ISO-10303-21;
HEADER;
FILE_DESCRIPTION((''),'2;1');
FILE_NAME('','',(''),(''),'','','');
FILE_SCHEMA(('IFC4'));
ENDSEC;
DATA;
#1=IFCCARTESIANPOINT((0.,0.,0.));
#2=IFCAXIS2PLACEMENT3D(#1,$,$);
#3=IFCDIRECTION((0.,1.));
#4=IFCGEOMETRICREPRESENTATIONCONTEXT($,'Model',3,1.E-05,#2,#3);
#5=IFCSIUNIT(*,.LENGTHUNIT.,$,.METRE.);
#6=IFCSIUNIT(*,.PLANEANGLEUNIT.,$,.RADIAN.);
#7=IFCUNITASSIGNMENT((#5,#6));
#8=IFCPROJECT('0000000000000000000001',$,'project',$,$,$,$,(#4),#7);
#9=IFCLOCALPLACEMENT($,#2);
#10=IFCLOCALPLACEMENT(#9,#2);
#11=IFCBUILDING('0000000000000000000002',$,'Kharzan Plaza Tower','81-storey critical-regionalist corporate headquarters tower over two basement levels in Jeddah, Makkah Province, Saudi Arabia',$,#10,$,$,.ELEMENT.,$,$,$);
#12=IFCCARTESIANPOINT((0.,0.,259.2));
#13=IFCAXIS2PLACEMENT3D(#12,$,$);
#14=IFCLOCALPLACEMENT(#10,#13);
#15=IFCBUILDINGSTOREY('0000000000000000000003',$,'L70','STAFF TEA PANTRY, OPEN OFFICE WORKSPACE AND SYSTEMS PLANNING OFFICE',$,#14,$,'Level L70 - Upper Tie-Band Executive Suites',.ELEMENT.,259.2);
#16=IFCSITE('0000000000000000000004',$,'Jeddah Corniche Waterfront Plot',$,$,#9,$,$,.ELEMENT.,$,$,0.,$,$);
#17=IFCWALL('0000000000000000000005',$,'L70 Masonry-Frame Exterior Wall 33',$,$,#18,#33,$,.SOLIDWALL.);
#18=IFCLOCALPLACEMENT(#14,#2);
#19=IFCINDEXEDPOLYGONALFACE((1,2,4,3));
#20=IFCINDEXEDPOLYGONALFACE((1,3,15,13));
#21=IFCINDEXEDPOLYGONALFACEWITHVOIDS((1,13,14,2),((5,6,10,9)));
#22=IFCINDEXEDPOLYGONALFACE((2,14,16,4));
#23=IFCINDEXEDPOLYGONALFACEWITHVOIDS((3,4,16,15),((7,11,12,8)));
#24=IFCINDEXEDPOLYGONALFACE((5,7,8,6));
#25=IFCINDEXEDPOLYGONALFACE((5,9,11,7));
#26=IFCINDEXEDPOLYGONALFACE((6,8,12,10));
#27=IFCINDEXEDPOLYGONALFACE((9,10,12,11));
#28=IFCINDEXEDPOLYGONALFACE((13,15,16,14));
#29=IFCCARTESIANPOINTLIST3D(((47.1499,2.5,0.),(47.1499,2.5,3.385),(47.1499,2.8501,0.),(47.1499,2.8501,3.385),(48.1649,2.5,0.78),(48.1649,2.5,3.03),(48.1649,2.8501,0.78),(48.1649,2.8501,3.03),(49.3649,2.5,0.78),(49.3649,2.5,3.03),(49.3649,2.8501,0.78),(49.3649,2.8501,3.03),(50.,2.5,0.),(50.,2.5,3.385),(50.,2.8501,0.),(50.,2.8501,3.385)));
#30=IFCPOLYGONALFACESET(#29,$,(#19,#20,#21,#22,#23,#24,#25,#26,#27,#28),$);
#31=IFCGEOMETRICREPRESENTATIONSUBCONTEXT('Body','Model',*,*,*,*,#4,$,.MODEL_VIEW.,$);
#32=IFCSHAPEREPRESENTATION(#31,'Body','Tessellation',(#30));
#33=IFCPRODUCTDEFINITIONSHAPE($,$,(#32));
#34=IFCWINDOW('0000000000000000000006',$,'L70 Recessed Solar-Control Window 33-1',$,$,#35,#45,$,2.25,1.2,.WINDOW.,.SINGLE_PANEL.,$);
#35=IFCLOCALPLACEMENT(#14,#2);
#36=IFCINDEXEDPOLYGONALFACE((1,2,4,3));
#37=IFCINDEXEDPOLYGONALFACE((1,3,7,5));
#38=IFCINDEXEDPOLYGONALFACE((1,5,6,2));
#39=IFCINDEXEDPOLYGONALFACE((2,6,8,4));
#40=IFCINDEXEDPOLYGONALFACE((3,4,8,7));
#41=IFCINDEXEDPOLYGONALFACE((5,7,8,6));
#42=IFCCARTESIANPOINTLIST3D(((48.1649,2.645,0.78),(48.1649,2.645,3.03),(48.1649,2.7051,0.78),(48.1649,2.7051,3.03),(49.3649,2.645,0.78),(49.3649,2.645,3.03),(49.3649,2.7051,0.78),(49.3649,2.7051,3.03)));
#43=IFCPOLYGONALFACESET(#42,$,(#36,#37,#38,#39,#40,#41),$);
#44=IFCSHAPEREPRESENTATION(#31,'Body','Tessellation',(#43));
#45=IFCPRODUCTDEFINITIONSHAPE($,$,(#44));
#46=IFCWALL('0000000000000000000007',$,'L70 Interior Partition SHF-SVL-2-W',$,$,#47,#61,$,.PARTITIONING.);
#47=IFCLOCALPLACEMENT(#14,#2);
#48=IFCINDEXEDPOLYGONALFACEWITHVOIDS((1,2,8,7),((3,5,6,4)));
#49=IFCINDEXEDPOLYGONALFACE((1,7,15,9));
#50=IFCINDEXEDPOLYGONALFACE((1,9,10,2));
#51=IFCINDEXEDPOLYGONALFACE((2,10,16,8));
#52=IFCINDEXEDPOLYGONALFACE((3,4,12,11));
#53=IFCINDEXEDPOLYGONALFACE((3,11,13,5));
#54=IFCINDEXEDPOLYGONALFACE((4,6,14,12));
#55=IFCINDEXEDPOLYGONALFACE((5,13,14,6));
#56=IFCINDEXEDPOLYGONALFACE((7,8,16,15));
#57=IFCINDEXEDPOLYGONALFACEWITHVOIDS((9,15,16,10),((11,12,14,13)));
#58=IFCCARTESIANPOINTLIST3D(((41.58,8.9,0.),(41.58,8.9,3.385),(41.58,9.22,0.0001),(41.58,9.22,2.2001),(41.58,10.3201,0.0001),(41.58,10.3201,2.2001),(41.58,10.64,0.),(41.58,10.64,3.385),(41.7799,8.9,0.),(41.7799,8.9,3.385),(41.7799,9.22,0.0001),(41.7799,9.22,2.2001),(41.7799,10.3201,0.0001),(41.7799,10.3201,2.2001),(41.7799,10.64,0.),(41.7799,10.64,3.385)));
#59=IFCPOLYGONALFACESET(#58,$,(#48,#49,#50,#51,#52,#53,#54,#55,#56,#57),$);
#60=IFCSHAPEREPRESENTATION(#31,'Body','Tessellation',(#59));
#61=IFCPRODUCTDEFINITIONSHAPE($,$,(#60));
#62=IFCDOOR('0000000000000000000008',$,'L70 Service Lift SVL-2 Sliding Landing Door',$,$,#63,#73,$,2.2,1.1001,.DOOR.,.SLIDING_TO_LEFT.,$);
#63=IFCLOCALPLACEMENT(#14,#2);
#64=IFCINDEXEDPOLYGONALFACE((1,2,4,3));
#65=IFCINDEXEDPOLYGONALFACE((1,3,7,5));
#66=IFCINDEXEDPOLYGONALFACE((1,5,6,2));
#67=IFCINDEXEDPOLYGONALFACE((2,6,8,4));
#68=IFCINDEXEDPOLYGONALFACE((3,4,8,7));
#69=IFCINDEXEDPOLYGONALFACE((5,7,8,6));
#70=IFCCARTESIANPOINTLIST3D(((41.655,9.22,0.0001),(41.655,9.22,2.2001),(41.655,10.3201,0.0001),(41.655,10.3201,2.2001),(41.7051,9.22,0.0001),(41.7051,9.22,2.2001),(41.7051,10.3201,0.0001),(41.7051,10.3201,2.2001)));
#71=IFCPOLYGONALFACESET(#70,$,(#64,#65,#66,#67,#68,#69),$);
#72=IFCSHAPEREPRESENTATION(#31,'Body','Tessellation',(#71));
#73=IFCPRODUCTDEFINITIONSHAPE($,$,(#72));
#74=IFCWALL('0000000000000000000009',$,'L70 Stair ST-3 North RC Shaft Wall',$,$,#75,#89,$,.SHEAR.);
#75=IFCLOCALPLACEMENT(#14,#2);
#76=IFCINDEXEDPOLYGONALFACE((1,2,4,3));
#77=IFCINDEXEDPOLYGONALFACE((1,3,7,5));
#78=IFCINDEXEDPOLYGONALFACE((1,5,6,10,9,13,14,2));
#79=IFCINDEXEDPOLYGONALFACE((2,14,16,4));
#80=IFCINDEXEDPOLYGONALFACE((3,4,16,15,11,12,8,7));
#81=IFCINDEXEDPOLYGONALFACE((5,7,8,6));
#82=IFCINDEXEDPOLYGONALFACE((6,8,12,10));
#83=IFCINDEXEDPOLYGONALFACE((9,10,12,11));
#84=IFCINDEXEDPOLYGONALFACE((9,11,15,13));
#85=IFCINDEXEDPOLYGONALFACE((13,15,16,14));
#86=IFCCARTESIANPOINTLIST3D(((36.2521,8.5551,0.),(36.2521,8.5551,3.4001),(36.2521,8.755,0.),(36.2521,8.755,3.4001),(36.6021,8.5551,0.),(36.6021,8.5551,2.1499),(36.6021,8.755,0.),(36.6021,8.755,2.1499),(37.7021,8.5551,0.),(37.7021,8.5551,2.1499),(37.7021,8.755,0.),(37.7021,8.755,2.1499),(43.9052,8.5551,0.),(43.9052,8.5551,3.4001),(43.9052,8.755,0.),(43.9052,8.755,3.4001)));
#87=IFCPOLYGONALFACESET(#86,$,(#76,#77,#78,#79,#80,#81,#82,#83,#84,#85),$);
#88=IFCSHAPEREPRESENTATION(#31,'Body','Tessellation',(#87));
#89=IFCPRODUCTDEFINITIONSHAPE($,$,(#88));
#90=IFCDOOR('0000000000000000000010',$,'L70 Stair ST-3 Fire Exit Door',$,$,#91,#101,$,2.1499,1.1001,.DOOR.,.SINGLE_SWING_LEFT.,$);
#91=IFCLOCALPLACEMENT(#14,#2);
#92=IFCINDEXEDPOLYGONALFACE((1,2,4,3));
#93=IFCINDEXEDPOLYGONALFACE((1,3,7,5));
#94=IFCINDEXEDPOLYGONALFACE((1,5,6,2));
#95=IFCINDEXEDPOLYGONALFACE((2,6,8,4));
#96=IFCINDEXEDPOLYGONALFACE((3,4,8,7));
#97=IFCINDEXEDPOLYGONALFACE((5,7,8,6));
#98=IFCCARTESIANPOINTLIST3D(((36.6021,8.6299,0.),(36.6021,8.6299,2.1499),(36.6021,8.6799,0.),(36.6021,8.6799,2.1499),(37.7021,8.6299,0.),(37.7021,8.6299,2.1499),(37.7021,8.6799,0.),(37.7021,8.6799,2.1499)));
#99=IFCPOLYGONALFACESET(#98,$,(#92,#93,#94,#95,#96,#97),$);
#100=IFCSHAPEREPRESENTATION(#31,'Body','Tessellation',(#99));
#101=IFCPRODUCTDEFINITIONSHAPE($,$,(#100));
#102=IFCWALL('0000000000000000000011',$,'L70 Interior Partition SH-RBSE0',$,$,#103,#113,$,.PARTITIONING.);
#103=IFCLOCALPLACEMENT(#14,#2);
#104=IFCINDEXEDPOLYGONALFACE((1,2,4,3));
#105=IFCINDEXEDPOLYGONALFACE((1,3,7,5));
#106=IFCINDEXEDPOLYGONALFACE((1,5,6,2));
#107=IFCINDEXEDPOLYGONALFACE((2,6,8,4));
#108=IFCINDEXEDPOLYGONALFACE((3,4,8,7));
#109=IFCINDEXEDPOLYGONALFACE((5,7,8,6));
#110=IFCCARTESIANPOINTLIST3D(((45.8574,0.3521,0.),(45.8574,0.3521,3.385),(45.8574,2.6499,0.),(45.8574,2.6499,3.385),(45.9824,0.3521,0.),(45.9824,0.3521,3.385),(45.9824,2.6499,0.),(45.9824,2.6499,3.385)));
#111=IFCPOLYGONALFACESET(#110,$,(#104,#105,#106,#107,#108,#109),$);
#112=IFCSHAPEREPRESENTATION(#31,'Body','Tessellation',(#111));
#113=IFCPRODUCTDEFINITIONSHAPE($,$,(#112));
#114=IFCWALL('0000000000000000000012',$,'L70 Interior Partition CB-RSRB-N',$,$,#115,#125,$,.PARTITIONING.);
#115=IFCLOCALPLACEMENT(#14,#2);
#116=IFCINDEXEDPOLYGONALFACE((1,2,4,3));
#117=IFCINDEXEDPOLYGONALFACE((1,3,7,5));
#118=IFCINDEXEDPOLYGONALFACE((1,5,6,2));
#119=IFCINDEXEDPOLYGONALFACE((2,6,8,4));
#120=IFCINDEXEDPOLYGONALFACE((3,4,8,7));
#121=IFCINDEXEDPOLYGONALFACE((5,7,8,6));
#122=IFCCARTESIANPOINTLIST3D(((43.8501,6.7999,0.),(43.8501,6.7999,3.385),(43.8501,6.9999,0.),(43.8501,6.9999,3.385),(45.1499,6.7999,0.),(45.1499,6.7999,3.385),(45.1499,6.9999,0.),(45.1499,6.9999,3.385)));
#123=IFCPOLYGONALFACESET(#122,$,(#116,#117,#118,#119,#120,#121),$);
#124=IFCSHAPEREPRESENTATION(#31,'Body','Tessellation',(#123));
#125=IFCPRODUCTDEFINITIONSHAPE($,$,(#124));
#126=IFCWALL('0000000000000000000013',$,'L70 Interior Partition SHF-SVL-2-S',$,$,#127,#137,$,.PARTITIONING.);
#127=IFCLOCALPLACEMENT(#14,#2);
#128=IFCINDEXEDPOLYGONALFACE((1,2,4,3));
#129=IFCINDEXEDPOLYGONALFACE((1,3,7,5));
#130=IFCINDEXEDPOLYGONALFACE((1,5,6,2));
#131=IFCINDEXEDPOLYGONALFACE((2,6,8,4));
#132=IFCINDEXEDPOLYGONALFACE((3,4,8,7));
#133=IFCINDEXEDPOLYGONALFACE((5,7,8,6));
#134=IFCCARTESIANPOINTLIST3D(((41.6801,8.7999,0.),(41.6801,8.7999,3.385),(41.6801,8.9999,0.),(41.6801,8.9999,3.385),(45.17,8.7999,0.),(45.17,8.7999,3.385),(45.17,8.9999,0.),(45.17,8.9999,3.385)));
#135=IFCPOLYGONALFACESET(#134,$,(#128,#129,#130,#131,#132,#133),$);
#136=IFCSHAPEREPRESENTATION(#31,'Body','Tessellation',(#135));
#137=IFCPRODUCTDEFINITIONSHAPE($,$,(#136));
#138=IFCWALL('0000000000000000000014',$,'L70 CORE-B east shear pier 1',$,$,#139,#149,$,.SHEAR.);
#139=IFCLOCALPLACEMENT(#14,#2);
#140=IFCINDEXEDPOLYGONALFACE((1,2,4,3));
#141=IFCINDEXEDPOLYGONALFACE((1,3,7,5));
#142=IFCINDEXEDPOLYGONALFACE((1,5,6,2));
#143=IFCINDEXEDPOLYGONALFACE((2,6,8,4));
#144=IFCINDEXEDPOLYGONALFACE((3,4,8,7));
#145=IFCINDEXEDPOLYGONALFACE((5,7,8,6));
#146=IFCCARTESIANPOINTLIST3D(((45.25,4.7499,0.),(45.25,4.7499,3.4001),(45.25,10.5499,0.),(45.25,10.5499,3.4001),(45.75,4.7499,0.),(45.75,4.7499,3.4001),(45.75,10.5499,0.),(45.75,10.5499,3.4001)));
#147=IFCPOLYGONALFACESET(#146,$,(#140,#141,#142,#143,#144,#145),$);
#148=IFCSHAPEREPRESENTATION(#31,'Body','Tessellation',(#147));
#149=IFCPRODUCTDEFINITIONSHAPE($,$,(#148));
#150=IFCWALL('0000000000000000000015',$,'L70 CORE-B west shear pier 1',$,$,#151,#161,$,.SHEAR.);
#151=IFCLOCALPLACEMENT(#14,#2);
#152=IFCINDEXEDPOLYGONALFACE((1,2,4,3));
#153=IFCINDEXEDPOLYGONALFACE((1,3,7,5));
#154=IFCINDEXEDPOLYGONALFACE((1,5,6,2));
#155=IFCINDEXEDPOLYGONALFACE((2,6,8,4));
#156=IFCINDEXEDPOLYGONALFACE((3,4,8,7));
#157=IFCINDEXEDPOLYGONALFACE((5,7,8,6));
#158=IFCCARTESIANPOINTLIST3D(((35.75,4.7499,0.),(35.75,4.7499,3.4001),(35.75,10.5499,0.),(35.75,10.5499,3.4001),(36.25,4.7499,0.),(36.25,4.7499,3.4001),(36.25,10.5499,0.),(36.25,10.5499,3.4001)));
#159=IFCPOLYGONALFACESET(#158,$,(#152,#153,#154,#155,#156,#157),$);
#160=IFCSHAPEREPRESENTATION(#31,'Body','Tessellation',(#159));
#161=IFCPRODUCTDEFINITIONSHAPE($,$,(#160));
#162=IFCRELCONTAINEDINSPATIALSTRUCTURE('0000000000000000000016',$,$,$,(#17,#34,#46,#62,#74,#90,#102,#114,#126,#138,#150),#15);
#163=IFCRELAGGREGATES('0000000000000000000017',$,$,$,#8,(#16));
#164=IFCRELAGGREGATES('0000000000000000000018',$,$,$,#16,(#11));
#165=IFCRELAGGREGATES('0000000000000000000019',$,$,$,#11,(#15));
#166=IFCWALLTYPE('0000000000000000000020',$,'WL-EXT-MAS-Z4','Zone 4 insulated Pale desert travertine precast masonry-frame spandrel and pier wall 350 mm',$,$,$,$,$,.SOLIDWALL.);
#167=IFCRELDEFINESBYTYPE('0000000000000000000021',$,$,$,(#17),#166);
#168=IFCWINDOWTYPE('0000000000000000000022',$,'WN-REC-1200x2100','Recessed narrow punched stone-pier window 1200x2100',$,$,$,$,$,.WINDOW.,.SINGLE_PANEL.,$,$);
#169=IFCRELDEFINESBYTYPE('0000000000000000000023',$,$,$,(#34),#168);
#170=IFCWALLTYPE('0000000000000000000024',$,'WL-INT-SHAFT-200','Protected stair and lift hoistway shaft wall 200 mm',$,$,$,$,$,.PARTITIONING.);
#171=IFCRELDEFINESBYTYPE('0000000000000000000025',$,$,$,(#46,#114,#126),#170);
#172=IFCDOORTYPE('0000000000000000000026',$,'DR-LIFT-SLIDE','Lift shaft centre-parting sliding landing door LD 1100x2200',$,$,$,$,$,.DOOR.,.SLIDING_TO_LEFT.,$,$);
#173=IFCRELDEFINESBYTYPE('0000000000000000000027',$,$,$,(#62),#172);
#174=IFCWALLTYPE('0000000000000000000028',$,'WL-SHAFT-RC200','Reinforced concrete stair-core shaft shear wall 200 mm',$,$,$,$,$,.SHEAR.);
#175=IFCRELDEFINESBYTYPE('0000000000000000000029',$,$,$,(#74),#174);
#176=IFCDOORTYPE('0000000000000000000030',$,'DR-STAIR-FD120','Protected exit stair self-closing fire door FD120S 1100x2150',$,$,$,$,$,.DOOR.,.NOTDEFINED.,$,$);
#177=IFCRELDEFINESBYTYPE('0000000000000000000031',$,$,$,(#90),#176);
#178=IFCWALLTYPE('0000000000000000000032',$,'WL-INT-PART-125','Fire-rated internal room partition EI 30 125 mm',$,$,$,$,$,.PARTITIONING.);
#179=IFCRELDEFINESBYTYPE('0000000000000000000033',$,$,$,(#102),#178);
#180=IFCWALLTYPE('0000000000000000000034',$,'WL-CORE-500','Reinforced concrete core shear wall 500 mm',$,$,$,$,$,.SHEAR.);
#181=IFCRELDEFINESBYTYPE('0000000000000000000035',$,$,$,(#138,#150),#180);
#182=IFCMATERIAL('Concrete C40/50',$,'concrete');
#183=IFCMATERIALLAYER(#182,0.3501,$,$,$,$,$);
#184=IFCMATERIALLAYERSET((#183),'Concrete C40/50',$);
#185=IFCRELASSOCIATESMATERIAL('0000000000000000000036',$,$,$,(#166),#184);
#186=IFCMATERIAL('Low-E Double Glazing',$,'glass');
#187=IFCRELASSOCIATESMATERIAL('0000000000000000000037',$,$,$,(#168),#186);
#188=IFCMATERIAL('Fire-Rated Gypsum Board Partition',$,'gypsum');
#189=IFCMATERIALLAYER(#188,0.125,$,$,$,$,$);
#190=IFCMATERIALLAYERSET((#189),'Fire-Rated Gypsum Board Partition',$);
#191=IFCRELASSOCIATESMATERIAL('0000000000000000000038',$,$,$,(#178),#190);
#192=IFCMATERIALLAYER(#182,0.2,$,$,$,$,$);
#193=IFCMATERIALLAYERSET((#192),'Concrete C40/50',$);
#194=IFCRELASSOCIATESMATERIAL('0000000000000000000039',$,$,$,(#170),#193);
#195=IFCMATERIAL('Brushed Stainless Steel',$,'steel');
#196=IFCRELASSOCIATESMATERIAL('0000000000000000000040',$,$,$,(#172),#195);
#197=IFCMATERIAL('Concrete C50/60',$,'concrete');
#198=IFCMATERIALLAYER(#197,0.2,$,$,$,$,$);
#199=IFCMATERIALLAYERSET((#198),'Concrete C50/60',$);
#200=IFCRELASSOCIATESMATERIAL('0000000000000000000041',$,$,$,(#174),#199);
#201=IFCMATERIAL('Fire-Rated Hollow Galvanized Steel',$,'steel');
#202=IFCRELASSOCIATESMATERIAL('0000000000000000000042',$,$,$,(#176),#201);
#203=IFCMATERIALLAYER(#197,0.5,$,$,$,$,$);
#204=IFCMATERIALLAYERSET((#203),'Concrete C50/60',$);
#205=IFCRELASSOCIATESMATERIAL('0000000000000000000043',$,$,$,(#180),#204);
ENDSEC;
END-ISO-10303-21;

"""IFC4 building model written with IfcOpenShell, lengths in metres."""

from ifc_helpers import new_model, si_unit, direction, frame, frame_2d, origin, place, context, subcontext, project, spatial, rectangle, extrude, source, transform, mapped, material, layer, layer_set, type_object, element, fill, save


model = new_model("IFC4")

# Units and contexts
model_context = context("Model", 3, precision=1e-05, world=origin(), true_north=direction((0.0, 1.0)))
body_context = subcontext(model_context, "Body", "Model", "MODEL_VIEW")
ifc_project = project(units=[si_unit("LENGTHUNIT", "METRE"), si_unit("PLANEANGLEUNIT", "RADIAN")], contexts=[model_context])

# Site, building, storey
site_placement = place(None, origin())
site = spatial("IfcSite", under=ifc_project, at=site_placement, Name="Jeddah Corniche Waterfront Plot", CompositionType="ELEMENT", RefElevation=0.0)
building_placement = place(site_placement, origin())
building = spatial("IfcBuilding", under=site, at=building_placement, Name="Kharzan Plaza Tower", Description="81-storey critical-regionalist corporate headquarters tower over two basement levels in Jeddah, Makkah Province, Saudi Arabia", CompositionType="ELEMENT")
storey_placement = place(building_placement, frame((0.0, 0.0, 259.2)))
storey = spatial("IfcBuildingStorey", under=building, at=storey_placement, Name="L70", Description="STAFF TEA PANTRY, OPEN OFFICE WORKSPACE AND SYSTEMS PLANNING OFFICE", LongName="Level L70 - Upper Tie-Band Executive Suites", CompositionType="ELEMENT", Elevation=259.2)

# Shared definitions
ifc_material_1 = material(Name="Concrete C50/60", Category="concrete")

# Wall, opening, window
ifc_material_2 = material(Name="Concrete C40/50", Category="concrete")
ifc_layer_1 = layer(ifc_material_2, 0.3501)
ifc_layer_set_1 = layer_set([ifc_layer_1], Name="Concrete C40/50")
wall_type_1 = type_object("IfcWallType", Name="WL-EXT-MAS-Z4", Description="Zone 4 insulated Pale desert travertine precast masonry-frame spandrel and pier wall 350 mm", PredefinedType="SOLIDWALL", material=ifc_layer_set_1)
ifc_material_3 = material(Name="Low-E Double Glazing", Category="glass")
window_type_1 = type_object("IfcWindowType", Name="WN-REC-1200x2100", Description="Recessed narrow punched stone-pier window 1200x2100", PartitioningType="SINGLE_PANEL", PredefinedType="WINDOW", material=ifc_material_3)
shared_shape_1 = source(origin(), body_context, "Body", "SweptSolid", [
    extrude(rectangle(XDim=1.2, YDim=2.25, at=frame_2d((0.6001, 1.125))), frame((0.0, 0.03, 0.0), z_axis=(0.0, -1.0, 0.0), x_axis=(1.0, 0.0, 0.0)), (0.0, 0.0, 1.0), 0.0601),
])
wall_1_placement = place(storey_placement, frame((47.1499, 2.675, 0.0), z_axis=(0.0, 0.0, 1.0), x_axis=(1.0, 0.0, 0.0)))
wall_1 = element("IfcWall", 1, at=wall_1_placement, inside=storey, type_object=wall_type_1, Name="L70 Masonry-Frame Exterior Wall 33", PredefinedType="SOLIDWALL", context=body_context, shape_type="SweptSolid", body=[
    extrude(rectangle(XDim=2.8501, YDim=0.3501, at=frame_2d((1.425, 0.0))), origin(), (0.0, 0.0, 1.0), 3.385),
])
opening_1_placement = place(wall_1_placement, frame((1.0149, 0.0, 0.78)))
opening_1 = element("IfcOpeningElement", 2, at=opening_1_placement, cuts=wall_1, PredefinedType="OPENING", context=body_context, shape_type="SweptSolid", body=[
    extrude(rectangle(XDim=1.2, YDim=2.25, at=frame_2d((0.6001, 1.125))), frame((0.0, 0.1851, 0.0), z_axis=(0.0, -1.0, 0.0), x_axis=(1.0, 0.0, 0.0)), (0.0, 0.0, 1.0), 0.3701),
])
window_1_placement = place(opening_1_placement, origin())
window_1 = element("IfcWindow", 3, at=window_1_placement, inside=storey, type_object=window_type_1, Name="L70 Recessed Solar-Control Window 33-1", OverallHeight=2.25, OverallWidth=1.2, PartitioningType="SINGLE_PANEL", PredefinedType="WINDOW", context=body_context, shape_type="MappedRepresentation", body=[
    mapped(shared_shape_1, transform((0.0, 0.0, 0.0), x_axis=(1.0, 0.0, 0.0), y_axis=(0.0, 1.0, 0.0), z_axis=(0.0, 0.0, 1.0))),
])
fill(opening_1, window_1)

# Walls, openings, doors
ifc_material_4 = material(Name="Fire-Rated Gypsum Board Partition", Category="gypsum")
ifc_layer_2 = layer(ifc_material_4, 0.125)
ifc_layer_set_2 = layer_set([ifc_layer_2], Name="Fire-Rated Gypsum Board Partition")
wall_type_2 = type_object("IfcWallType", Name="WL-INT-PART-125", Description="Fire-rated internal room partition EI 30 125 mm", PredefinedType="PARTITIONING", material=ifc_layer_set_2)
ifc_layer_3 = layer(ifc_material_2, 0.2)
ifc_layer_set_3 = layer_set([ifc_layer_3], Name="Concrete C40/50")
wall_type_3 = type_object("IfcWallType", Name="WL-INT-SHAFT-200", Description="Protected stair and lift hoistway shaft wall 200 mm", PredefinedType="PARTITIONING", material=ifc_layer_set_3)
wall_2_placement = place(storey_placement, frame((41.6799, 8.8999, 0.0), z_axis=(0.0, 0.0, 1.0), x_axis=(0.0, 1.0, 0.0)))
wall_2 = element("IfcWall", 4, at=wall_2_placement, inside=storey, type_object=wall_type_3, Name="L70 Interior Partition SHF-SVL-2-W", PredefinedType="PARTITIONING", context=body_context, shape_type="SweptSolid", body=[
    extrude(rectangle(XDim=1.74, YDim=0.2, at=frame_2d((0.8701, 0.0))), origin(), (0.0, 0.0, 1.0), 3.385),
])
opening_2_placement = place(wall_2_placement, frame((0.3201, 0.0, 0.0)))
opening_2 = element("IfcOpeningElement", 5, at=opening_2_placement, cuts=wall_2, PredefinedType="OPENING", context=body_context, shape_type="SweptSolid", body=[
    extrude(rectangle(XDim=1.1001, YDim=2.2, at=frame_2d((0.55, 1.1001))), frame((0.0, 0.1099, 0.0), z_axis=(0.0, -1.0, 0.0), x_axis=(1.0, 0.0, 0.0)), (0.0, 0.0, 1.0), 0.22),
])
ifc_material_5 = material(Name="Brushed Stainless Steel", Category="steel")
door_type_1 = type_object("IfcDoorType", Name="DR-LIFT-SLIDE", Description="Lift shaft centre-parting sliding landing door LD 1100x2200", OperationType="SLIDING_TO_LEFT", PredefinedType="DOOR", material=ifc_material_5)
shared_shape_2 = source(origin(), body_context, "Body", "SweptSolid", [
    extrude(rectangle(XDim=1.1001, YDim=2.2, at=frame_2d((0.55, 1.1001))), frame((0.0, 0.0249, 0.0), z_axis=(0.0, -1.0, 0.0), x_axis=(1.0, 0.0, 0.0)), (0.0, 0.0, 1.0), 0.05),
])
door_1_placement = place(opening_2_placement, origin())
door_1 = element("IfcDoor", 6, at=door_1_placement, inside=storey, type_object=door_type_1, Name="L70 Service Lift SVL-2 Sliding Landing Door", OperationType="SLIDING_TO_LEFT", OverallHeight=2.2, OverallWidth=1.1001, PredefinedType="DOOR", context=body_context, shape_type="MappedRepresentation", body=[
    mapped(shared_shape_2, transform((0.0, 0.0, 0.0), x_axis=(1.0, 0.0, 0.0), y_axis=(0.0, 1.0, 0.0), z_axis=(0.0, 0.0, 1.0))),
])
fill(opening_2, door_1)
ifc_layer_4 = layer(ifc_material_1, 0.2)
ifc_layer_set_4 = layer_set([ifc_layer_4], Name="Concrete C50/60")
wall_type_4 = type_object("IfcWallType", Name="WL-SHAFT-RC200", Description="Reinforced concrete stair-core shaft shear wall 200 mm", PredefinedType="SHEAR", material=ifc_layer_set_4)
wall_3_placement = place(storey_placement, frame((36.252, 8.655, 0.0), z_axis=(0.0, 0.0, 1.0), x_axis=(1.0, 0.0, 0.0)))
wall_3 = element("IfcWall", 7, at=wall_3_placement, inside=storey, type_object=wall_type_4, Name="L70 Stair ST-3 North RC Shaft Wall", PredefinedType="SHEAR", context=body_context, shape_type="SweptSolid", body=[
    extrude(rectangle(XDim=7.6531, YDim=0.2, at=frame_2d((3.8267, 0.0))), origin(), (0.0, 0.0, 1.0), 3.4001),
])
opening_3_placement = place(wall_3_placement, frame((0.3501, 0.0, 0.0)))
opening_3 = element("IfcOpeningElement", 8, at=opening_3_placement, cuts=wall_3, PredefinedType="OPENING", context=body_context, shape_type="SweptSolid", body=[
    extrude(rectangle(XDim=1.1001, YDim=2.1499, at=frame_2d((0.55, 1.075))), frame((0.0, 0.1099, 0.0), z_axis=(0.0, -1.0, 0.0), x_axis=(1.0, 0.0, 0.0)), (0.0, 0.0, 1.0), 0.22),
])
ifc_material_6 = material(Name="Fire-Rated Hollow Galvanized Steel", Category="steel")
door_type_2 = type_object("IfcDoorType", Name="DR-STAIR-FD120", Description="Protected exit stair self-closing fire door FD120S 1100x2150", OperationType="NOTDEFINED", PredefinedType="DOOR", material=ifc_material_6)
shared_shape_3 = source(origin(), body_context, "Body", "SweptSolid", [
    extrude(rectangle(XDim=1.1001, YDim=2.1499, at=frame_2d((0.55, 1.075))), frame((0.0, 0.0249, 0.0), z_axis=(0.0, -1.0, 0.0), x_axis=(1.0, 0.0, 0.0)), (0.0, 0.0, 1.0), 0.05),
])
door_2_placement = place(opening_3_placement, origin())
door_2 = element("IfcDoor", 9, at=door_2_placement, inside=storey, type_object=door_type_2, Name="L70 Stair ST-3 Fire Exit Door", OperationType="SINGLE_SWING_LEFT", OverallHeight=2.1499, OverallWidth=1.1001, PredefinedType="DOOR", context=body_context, shape_type="MappedRepresentation", body=[
    mapped(shared_shape_3, transform((0.0, 0.0, 0.0), x_axis=(1.0, 0.0, 0.0), y_axis=(0.0, 1.0, 0.0), z_axis=(0.0, 0.0, 1.0))),
])
fill(opening_3, door_2)

# Walls
shared_shape_4 = source(origin(), body_context, "Body", "SweptSolid", [
    extrude(rectangle(XDim=2.2979, YDim=0.125, at=frame_2d((1.1489, 0.0))), origin(), (0.0, 0.0, 1.0), 3.385),
])
wall_4_placement = place(storey_placement, frame((45.9199, 0.3521, 0.0), z_axis=(0.0, 0.0, 1.0), x_axis=(0.0, 1.0, 0.0)))
element("IfcWall", 10, at=wall_4_placement, inside=storey, type_object=wall_type_2, Name="L70 Interior Partition SH-RBSE0", PredefinedType="PARTITIONING", context=body_context, shape_type="MappedRepresentation", body=[
    mapped(shared_shape_4, transform((0.0, 0.0, 0.0), x_axis=(1.0, 0.0, 0.0), y_axis=(0.0, 1.0, 0.0), z_axis=(0.0, 0.0, 1.0))),
])
shared_shape_5 = source(origin(), body_context, "Body", "SweptSolid", [
    extrude(rectangle(XDim=1.2998, YDim=0.2, at=frame_2d((0.6499, 0.0))), origin(), (0.0, 0.0, 1.0), 3.385),
])
wall_5_placement = place(storey_placement, frame((43.8501, 6.8999, 0.0), z_axis=(0.0, 0.0, 1.0), x_axis=(1.0, 0.0, 0.0)))
element("IfcWall", 11, at=wall_5_placement, inside=storey, type_object=wall_type_3, Name="L70 Interior Partition CB-RSRB-N", PredefinedType="PARTITIONING", context=body_context, shape_type="MappedRepresentation", body=[
    mapped(shared_shape_5, transform((0.0, 0.0, 0.0), x_axis=(1.0, 0.0, 0.0), y_axis=(0.0, 1.0, 0.0), z_axis=(0.0, 0.0, 1.0))),
])
shared_shape_6 = source(origin(), body_context, "Body", "SweptSolid", [
    extrude(rectangle(XDim=3.49, YDim=0.2, at=frame_2d((1.7451, 0.0))), origin(), (0.0, 0.0, 1.0), 3.385),
])
wall_6_placement = place(storey_placement, frame((41.6799, 8.8999, 0.0), z_axis=(0.0, 0.0, 1.0), x_axis=(1.0, 0.0, 0.0)))
element("IfcWall", 12, at=wall_6_placement, inside=storey, type_object=wall_type_3, Name="L70 Interior Partition SHF-SVL-2-S", PredefinedType="PARTITIONING", context=body_context, shape_type="MappedRepresentation", body=[
    mapped(shared_shape_6, transform((0.0, 0.0, 0.0), x_axis=(1.0, 0.0, 0.0), y_axis=(0.0, 1.0, 0.0), z_axis=(0.0, 0.0, 1.0))),
])
ifc_layer_5 = layer(ifc_material_1, 0.5)
ifc_layer_set_5 = layer_set([ifc_layer_5], Name="Concrete C50/60")
wall_type_5 = type_object("IfcWallType", Name="WL-CORE-500", Description="Reinforced concrete core shear wall 500 mm", PredefinedType="SHEAR", material=ifc_layer_set_5)
shared_shape_7 = source(origin(), body_context, "Body", "SweptSolid", [
    extrude(rectangle(XDim=5.8, YDim=0.5, at=frame_2d((2.8999, 0.0))), origin(), (0.0, 0.0, 1.0), 3.4001),
])
for number, where, z_axis, x_axis, name in (
    (13, (45.5, 4.75, 0.0), (0.0, 0.0, 1.0), (0.0, 1.0, 0.0), "L70 CORE-B east shear pier 1"),
    (14, (36.0, 4.75, 0.0), (0.0, 0.0, 1.0), (0.0, 1.0, 0.0), "L70 CORE-B west shear pier 1"),
):
    element("IfcWall", number, at=place(storey_placement, frame(where, z_axis=z_axis, x_axis=x_axis)), inside=storey, type_object=wall_type_5, Name=name, PredefinedType="SHEAR", context=body_context, shape_type="MappedRepresentation", body=[
        mapped(shared_shape_7, transform((0.0, 0.0, 0.0), x_axis=(1.0, 0.0, 0.0), y_axis=(0.0, 1.0, 0.0), z_axis=(0.0, 0.0, 1.0))),
    ])

save(model, "model.ifc")
